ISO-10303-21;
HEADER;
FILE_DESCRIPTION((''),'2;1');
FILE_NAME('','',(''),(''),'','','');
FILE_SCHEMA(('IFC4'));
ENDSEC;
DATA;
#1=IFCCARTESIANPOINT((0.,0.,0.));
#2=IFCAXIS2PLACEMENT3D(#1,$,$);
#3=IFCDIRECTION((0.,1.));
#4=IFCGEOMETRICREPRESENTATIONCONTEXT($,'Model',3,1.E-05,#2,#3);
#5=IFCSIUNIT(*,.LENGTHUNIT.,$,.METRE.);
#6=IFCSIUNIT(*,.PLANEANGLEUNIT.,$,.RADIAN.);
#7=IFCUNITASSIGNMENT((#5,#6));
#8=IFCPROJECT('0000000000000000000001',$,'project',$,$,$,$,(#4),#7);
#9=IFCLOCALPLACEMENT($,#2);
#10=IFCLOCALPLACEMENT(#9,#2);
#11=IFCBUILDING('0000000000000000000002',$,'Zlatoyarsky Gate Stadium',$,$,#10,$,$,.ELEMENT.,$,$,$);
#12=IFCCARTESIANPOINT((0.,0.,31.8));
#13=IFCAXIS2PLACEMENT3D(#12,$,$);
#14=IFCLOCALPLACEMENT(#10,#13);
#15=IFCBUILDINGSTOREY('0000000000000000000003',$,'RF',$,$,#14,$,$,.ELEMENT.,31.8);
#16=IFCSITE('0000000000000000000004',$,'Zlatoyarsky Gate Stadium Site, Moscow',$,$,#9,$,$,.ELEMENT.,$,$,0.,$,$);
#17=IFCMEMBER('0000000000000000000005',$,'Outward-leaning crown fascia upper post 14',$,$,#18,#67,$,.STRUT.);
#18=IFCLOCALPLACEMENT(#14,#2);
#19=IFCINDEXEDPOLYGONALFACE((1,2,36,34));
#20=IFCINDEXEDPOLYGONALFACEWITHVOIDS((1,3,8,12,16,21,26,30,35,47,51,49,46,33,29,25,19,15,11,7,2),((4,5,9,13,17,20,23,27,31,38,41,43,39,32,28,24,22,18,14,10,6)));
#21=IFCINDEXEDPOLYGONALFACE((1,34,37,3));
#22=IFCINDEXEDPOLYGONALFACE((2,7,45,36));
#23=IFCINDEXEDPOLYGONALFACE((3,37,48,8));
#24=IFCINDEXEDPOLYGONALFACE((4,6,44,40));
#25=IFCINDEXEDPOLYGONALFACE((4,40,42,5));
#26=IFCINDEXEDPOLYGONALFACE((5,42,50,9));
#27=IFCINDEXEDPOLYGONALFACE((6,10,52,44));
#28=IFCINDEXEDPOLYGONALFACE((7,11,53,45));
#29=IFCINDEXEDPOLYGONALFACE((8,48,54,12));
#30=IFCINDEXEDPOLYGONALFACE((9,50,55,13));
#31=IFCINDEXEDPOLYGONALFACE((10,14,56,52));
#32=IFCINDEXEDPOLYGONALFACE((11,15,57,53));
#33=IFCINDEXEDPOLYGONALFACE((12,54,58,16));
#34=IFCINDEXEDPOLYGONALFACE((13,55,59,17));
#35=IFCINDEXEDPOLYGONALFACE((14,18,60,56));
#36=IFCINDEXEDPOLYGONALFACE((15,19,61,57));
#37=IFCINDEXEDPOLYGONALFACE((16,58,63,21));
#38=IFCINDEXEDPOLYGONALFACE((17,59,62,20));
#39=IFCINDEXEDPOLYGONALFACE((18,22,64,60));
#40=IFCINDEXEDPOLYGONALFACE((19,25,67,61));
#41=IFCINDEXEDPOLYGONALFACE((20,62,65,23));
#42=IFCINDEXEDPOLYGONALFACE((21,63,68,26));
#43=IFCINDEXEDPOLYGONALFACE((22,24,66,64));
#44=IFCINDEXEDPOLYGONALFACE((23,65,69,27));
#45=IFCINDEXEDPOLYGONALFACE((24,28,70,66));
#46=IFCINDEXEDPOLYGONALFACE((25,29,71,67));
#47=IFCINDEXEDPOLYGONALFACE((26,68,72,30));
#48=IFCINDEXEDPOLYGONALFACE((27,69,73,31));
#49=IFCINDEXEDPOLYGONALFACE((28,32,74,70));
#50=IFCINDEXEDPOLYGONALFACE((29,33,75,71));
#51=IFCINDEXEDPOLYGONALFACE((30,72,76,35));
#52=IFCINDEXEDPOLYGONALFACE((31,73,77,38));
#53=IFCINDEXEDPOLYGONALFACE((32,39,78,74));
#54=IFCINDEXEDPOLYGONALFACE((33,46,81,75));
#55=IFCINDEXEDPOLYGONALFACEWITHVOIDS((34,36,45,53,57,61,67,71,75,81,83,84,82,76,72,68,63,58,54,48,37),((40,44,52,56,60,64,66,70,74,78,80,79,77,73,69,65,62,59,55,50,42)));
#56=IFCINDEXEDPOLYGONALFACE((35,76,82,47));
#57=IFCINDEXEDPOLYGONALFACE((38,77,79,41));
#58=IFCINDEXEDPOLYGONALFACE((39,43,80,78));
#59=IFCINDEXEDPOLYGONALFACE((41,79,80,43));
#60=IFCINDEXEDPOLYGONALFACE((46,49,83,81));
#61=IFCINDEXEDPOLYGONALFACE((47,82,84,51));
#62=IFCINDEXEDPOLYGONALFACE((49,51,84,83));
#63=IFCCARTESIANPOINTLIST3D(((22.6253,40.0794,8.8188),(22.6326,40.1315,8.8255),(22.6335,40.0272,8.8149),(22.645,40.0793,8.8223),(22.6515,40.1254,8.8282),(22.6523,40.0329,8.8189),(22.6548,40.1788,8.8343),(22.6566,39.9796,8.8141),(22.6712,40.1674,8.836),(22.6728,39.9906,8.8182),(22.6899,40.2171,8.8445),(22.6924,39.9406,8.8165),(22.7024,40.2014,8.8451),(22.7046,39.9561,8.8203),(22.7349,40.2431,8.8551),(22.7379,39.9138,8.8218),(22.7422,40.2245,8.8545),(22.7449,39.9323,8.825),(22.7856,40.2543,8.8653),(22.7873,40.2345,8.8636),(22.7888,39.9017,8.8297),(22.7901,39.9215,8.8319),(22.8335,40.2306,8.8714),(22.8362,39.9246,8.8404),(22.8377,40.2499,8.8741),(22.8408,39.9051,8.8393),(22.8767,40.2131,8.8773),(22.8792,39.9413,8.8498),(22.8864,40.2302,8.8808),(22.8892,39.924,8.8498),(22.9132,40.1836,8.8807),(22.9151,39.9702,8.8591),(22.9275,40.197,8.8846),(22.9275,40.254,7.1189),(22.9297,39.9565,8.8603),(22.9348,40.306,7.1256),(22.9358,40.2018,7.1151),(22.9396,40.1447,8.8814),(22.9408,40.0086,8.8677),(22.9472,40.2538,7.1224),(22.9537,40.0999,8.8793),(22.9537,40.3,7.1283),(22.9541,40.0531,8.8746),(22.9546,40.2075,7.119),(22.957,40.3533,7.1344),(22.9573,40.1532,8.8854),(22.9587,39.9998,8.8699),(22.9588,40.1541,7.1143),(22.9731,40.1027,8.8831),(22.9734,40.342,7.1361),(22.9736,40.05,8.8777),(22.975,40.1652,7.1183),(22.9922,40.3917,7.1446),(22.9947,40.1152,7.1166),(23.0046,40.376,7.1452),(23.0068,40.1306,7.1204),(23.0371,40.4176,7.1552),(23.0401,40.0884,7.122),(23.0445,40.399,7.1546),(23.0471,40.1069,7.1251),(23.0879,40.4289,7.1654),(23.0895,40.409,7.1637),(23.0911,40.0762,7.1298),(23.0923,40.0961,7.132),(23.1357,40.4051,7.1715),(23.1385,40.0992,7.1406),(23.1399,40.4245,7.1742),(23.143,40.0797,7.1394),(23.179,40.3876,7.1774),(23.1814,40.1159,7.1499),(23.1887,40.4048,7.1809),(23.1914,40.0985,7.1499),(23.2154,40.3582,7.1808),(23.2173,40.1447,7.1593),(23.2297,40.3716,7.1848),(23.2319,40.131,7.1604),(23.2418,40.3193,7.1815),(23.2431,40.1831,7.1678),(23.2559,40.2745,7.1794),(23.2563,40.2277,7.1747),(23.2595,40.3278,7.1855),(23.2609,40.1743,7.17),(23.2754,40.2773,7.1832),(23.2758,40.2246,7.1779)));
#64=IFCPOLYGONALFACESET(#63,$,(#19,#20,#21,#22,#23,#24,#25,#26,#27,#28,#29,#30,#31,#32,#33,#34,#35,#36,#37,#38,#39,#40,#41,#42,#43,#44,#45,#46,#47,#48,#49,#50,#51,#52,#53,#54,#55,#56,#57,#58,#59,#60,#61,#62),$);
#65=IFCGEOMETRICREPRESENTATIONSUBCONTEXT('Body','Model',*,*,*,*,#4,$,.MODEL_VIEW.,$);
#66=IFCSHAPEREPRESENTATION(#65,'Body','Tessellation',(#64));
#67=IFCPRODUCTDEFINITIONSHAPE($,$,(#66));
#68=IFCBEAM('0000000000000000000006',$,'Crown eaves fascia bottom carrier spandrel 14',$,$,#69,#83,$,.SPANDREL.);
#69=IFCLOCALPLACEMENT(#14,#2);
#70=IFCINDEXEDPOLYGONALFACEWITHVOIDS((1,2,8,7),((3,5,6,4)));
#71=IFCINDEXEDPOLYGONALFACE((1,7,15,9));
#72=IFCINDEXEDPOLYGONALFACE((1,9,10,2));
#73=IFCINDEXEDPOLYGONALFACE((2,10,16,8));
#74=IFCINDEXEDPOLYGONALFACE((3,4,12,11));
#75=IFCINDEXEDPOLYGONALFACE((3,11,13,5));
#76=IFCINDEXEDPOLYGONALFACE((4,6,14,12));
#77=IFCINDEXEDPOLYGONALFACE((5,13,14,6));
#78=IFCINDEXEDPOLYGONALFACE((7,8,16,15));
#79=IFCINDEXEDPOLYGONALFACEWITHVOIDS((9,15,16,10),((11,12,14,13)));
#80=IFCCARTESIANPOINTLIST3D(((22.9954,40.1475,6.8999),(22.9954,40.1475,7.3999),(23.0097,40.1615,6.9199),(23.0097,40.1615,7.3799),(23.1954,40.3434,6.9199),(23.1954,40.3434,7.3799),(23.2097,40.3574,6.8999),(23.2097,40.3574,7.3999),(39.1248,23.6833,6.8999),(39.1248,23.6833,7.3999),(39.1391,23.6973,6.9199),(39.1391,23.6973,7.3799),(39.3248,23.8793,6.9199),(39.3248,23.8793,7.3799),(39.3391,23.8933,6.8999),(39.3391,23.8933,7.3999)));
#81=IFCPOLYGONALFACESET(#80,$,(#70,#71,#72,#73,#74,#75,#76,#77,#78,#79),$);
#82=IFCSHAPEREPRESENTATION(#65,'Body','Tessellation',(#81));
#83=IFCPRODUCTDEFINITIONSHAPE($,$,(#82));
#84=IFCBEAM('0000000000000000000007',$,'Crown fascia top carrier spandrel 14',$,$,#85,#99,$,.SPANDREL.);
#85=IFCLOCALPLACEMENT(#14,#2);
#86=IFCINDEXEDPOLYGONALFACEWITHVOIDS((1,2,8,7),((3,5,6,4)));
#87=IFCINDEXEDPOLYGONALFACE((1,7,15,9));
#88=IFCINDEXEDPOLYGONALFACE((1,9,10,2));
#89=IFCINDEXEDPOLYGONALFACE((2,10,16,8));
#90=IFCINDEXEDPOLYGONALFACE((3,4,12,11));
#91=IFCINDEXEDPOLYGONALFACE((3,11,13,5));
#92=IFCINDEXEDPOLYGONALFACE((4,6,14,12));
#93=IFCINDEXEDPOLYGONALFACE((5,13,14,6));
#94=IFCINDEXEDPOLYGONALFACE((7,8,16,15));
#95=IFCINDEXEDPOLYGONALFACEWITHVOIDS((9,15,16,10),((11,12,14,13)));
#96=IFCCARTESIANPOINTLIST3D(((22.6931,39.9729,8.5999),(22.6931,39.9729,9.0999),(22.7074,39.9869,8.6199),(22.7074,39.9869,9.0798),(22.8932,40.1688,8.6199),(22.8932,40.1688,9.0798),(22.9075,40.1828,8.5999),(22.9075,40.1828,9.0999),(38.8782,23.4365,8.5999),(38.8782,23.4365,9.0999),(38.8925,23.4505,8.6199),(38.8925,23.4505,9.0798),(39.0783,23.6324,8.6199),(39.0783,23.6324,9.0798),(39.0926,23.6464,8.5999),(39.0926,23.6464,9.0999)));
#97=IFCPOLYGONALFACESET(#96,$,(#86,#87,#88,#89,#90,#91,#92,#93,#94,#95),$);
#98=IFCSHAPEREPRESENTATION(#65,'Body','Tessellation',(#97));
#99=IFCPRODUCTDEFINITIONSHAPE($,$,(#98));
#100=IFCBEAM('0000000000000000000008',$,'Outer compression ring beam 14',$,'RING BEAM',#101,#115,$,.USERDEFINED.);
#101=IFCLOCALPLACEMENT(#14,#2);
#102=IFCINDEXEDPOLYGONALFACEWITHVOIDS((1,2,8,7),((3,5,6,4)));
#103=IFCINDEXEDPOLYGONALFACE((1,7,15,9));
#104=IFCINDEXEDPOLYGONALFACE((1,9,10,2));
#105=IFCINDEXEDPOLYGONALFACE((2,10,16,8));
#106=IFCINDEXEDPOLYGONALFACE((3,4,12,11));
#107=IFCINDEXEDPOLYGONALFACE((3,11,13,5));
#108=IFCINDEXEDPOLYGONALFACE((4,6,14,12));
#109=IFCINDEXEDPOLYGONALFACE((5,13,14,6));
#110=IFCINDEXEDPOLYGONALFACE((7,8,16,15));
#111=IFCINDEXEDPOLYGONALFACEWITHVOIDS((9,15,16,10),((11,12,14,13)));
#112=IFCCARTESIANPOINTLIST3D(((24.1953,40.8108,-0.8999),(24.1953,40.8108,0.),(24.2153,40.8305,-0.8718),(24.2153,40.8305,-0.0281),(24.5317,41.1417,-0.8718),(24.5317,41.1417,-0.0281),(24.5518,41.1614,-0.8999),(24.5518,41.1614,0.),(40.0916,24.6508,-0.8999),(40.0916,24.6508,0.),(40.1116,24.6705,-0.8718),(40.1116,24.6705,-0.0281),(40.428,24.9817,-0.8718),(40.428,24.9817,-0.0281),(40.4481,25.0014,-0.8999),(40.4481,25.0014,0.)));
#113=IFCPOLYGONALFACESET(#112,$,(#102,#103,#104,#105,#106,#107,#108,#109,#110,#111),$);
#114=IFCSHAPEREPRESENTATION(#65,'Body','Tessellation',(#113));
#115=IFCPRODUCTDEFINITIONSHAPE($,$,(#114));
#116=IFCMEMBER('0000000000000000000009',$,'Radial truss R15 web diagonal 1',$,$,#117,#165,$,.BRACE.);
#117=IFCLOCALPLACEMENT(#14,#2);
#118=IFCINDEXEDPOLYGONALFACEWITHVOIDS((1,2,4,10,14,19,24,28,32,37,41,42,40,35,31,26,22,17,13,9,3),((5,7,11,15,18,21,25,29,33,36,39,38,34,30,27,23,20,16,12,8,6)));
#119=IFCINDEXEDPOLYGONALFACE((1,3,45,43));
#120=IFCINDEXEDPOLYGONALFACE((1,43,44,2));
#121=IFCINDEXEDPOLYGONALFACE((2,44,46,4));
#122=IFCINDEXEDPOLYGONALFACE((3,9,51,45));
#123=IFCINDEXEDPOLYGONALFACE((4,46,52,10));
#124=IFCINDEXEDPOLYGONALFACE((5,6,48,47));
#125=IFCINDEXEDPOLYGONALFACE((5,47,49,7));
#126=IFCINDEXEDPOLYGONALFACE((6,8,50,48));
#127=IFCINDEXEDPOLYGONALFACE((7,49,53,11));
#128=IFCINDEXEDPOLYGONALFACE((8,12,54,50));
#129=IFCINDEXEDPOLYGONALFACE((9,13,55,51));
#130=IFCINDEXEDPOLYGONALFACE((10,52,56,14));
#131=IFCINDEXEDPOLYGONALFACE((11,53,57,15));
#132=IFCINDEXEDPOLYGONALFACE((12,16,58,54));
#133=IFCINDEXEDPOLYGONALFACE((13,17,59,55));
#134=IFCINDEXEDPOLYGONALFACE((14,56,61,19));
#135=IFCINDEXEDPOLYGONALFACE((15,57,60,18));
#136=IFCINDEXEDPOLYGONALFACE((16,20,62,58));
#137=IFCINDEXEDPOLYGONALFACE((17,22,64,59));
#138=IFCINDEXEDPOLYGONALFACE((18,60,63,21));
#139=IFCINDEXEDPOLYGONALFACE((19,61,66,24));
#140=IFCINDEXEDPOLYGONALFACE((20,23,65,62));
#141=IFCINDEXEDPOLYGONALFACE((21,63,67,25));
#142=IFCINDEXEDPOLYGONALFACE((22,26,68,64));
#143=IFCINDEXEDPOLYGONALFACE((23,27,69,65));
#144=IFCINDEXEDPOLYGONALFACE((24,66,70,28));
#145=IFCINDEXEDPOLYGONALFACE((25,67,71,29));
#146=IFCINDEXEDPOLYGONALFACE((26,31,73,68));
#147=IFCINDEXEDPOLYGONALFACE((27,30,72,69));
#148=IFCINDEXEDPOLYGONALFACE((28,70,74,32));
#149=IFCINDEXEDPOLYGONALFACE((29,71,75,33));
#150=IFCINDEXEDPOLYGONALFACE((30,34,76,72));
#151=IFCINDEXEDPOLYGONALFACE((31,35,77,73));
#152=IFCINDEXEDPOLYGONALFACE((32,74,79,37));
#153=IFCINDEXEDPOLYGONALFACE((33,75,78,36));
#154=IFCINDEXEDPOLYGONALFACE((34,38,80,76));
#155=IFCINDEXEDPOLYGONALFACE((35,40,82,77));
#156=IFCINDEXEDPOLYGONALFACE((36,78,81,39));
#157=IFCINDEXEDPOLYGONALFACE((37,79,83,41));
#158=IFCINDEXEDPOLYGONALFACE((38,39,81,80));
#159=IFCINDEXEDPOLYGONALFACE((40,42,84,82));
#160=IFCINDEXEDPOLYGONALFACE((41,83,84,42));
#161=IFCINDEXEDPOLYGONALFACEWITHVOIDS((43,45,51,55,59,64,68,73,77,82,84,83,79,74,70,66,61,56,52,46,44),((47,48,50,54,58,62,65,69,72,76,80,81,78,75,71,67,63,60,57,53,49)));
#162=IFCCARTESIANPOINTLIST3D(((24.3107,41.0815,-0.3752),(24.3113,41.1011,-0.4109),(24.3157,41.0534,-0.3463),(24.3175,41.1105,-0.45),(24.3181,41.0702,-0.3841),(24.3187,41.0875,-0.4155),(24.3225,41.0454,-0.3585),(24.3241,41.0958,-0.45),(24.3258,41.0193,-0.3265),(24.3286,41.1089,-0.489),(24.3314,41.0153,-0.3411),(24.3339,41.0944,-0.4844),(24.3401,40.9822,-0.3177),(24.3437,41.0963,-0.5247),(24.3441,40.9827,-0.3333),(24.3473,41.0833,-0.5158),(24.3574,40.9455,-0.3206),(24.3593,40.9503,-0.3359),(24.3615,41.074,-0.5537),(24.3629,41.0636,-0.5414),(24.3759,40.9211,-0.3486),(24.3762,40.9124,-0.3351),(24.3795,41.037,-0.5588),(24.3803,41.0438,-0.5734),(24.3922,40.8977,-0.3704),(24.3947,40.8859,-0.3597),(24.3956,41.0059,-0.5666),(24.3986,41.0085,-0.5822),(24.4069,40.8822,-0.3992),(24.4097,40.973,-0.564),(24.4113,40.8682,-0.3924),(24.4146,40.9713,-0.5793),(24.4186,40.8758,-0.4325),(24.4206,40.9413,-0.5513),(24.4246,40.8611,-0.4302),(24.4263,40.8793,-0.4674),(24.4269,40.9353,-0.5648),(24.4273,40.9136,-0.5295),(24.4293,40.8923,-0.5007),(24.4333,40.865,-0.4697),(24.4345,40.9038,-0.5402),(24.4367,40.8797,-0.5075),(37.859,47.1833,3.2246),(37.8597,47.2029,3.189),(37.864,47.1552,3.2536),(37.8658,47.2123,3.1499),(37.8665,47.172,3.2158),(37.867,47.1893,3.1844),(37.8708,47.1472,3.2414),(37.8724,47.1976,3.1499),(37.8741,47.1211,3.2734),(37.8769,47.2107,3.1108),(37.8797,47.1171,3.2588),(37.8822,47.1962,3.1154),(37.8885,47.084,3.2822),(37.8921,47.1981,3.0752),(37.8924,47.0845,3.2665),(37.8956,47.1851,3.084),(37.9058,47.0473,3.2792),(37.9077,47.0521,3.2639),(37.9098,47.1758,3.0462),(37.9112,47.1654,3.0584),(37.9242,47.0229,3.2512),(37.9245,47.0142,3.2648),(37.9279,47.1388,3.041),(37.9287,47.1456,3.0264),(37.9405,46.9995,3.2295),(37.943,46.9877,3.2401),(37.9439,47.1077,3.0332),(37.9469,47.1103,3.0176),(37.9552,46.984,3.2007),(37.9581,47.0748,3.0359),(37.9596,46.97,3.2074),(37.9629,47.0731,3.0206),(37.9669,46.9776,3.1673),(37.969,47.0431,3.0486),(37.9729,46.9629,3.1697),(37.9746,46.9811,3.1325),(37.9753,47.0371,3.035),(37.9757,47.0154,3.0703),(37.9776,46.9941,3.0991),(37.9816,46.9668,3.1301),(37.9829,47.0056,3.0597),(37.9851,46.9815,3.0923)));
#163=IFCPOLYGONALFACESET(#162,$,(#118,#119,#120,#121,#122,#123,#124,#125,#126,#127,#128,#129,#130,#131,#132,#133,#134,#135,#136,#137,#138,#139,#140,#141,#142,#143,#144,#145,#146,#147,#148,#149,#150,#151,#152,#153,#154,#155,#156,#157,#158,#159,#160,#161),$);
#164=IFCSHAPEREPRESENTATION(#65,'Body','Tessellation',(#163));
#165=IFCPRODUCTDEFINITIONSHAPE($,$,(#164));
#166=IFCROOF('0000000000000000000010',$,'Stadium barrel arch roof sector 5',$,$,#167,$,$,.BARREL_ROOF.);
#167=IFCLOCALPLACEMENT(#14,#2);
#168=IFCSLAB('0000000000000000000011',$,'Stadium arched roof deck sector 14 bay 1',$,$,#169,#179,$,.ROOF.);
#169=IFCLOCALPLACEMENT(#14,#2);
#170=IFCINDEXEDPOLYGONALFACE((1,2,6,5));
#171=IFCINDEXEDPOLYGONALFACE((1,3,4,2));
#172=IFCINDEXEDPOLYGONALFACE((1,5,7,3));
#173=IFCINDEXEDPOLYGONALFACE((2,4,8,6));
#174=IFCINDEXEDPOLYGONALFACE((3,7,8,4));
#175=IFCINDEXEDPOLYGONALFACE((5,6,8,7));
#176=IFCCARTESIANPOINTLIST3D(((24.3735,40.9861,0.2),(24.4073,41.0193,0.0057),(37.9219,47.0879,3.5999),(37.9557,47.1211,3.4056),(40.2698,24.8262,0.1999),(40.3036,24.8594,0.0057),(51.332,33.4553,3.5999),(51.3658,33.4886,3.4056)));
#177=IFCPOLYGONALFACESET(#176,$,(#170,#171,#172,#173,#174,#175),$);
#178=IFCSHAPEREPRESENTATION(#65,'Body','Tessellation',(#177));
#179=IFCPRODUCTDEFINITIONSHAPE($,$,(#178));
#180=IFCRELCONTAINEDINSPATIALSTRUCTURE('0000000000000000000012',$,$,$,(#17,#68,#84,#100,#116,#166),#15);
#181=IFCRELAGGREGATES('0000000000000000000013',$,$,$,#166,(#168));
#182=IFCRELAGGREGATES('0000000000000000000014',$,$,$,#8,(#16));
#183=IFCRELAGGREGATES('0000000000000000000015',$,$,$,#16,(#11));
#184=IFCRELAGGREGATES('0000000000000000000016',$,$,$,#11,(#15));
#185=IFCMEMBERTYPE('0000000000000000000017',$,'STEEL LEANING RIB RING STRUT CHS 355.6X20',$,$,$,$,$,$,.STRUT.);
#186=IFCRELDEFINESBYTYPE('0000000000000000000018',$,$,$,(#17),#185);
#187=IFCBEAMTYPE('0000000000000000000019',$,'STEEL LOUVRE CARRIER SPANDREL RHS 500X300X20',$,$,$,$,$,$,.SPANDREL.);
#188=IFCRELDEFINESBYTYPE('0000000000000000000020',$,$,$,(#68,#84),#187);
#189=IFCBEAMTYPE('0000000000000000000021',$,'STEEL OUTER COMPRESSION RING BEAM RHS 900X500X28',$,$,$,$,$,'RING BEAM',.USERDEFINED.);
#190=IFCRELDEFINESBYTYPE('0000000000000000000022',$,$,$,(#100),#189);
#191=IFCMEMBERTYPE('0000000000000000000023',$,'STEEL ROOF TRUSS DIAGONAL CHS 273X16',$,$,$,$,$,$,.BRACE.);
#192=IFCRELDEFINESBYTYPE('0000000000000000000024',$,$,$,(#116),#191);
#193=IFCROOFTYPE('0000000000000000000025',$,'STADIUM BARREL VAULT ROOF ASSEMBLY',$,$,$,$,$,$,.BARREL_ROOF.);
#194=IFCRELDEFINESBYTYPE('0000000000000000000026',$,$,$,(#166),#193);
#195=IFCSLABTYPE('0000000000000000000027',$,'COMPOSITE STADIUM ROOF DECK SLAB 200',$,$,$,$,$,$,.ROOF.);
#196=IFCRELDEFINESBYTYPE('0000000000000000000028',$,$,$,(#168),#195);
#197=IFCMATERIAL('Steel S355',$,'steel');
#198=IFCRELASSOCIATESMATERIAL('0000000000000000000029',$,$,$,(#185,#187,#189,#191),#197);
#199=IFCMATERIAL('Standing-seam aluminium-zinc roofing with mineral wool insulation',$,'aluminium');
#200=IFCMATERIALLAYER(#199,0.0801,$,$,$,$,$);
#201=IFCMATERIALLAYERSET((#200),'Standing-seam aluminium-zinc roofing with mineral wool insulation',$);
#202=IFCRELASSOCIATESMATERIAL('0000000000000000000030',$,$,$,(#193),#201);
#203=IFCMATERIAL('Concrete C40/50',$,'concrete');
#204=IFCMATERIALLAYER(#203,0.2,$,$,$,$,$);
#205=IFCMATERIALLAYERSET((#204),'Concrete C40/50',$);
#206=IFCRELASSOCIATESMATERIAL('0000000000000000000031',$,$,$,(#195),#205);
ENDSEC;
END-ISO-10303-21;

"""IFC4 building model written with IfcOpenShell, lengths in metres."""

from ifc_helpers import new_model, si_unit, direction, frame, origin, origin_2d, place, context, subcontext, project, spatial, polyline, hollow_rectangle, hollow_circle, outline, extrude, material, layer, layer_set, material_profile, profile_set, type_object, element, aggregate, save


model = new_model("IFC4")

# Units and contexts
model_context = context("Model", 3, precision=1e-05, world=origin(), true_north=direction((0.0, 1.0)))
body_context = subcontext(model_context, "Body", "Model", "MODEL_VIEW")
ifc_project = project(units=[si_unit("LENGTHUNIT", "METRE"), si_unit("PLANEANGLEUNIT", "RADIAN")], contexts=[model_context])

# Site, building, storey
site_placement = place(None, origin())
site = spatial("IfcSite", under=ifc_project, at=site_placement, Name="Zlatoyarsky Gate Stadium Site, Moscow", CompositionType="ELEMENT", RefElevation=0.0)
building_placement = place(site_placement, origin())
building = spatial("IfcBuilding", under=site, at=building_placement, Name="Zlatoyarsky Gate Stadium", CompositionType="ELEMENT")
storey_placement = place(building_placement, frame((0.0, 0.0, 31.8)))
storey = spatial("IfcBuildingStorey", under=building, at=storey_placement, Name="RF", CompositionType="ELEMENT", Elevation=31.8)

# Member
ifc_material_1 = material(Name="Steel S355", Category="steel")
ifc_material_profile_1 = material_profile(ifc_material_1, hollow_circle(Radius=0.1777, WallThickness=0.02, at=origin_2d()), Name="CHS 355.6X20")
ifc_profile_set_1 = profile_set([ifc_material_profile_1], Name="Steel S355")
member_type_1 = type_object("IfcMemberType", Name="STEEL LEANING RIB RING STRUT CHS 355.6X20", PredefinedType="STRUT", material=ifc_profile_set_1)
member_1_placement = place(storey_placement, frame((23.1025, 40.2524, 7.1499), z_axis=(-0.174164, -0.100587, 0.979566), x_axis=(0.500126, -0.865953, 0.0)))
element("IfcMember", 1, at=member_1_placement, inside=storey, type_object=member_type_1, Name="Outward-leaning crown fascia upper post 14", PredefinedType="STRUT", context=body_context, shape_type="SweptSolid", body=[
    extrude(hollow_circle(Radius=0.1777, WallThickness=0.02, at=origin_2d()), origin(), (0.0, 0.0, 1.0), 1.7354),
])

# Beams
ifc_material_profile_2 = material_profile(ifc_material_1, hollow_rectangle(XDim=0.3, YDim=0.5, WallThickness=0.02, at=origin_2d()), Name="RHS 500X300X20")
ifc_profile_set_2 = profile_set([ifc_material_profile_2], Name="Steel S355")
beam_type_1 = type_object("IfcBeamType", Name="STEEL LOUVRE CARRIER SPANDREL RHS 500X300X20", PredefinedType="SPANDREL", material=ifc_profile_set_2)
beam_1_placement = place(storey_placement, frame((23.1025, 40.2524, 7.1499), z_axis=(0.699808, -0.714331, 0.0), x_axis=(0.714331, 0.699808, 0.0)))
element("IfcBeam", 2, at=beam_1_placement, inside=storey, type_object=beam_type_1, Name="Crown eaves fascia bottom carrier spandrel 14", PredefinedType="SPANDREL", context=body_context, shape_type="SweptSolid", body=[
    extrude(hollow_rectangle(XDim=0.3, YDim=0.5, WallThickness=0.02, at=origin_2d()), origin(), (0.0, 0.0, 1.0), 23.0483),
])
beam_2_placement = place(storey_placement, frame((22.8003, 40.0779, 8.8499), z_axis=(0.699475, -0.714658, 0.0), x_axis=(0.714658, 0.699475, 0.0)))
element("IfcBeam", 3, at=beam_2_placement, inside=storey, type_object=beam_type_1, Name="Crown fascia top carrier spandrel 14", PredefinedType="SPANDREL", context=body_context, shape_type="SweptSolid", body=[
    extrude(hollow_rectangle(XDim=0.3, YDim=0.5, WallThickness=0.02, at=origin_2d()), origin(), (0.0, 0.0, 1.0), 23.1389),
])
ifc_material_profile_3 = material_profile(ifc_material_1, hollow_rectangle(XDim=0.5, YDim=0.8999, WallThickness=0.0281, at=origin_2d()), Name="RHS 900X500X28")
ifc_profile_set_3 = profile_set([ifc_material_profile_3], Name="Steel S355")
beam_type_2 = type_object("IfcBeamType", Name="STEEL OUTER COMPRESSION RING BEAM RHS 900X500X28", ElementType="RING BEAM", PredefinedType="USERDEFINED", material=ifc_profile_set_3)
beam_3_placement = place(storey_placement, frame((24.3735, 40.9861, -0.45), z_axis=(0.701267, -0.712899, 0.0), x_axis=(0.712899, 0.701267, 0.0)))
element("IfcBeam", 4, at=beam_3_placement, inside=storey, type_object=beam_type_2, Name="Outer compression ring beam 14", ObjectType="RING BEAM", PredefinedType="USERDEFINED", context=body_context, shape_type="SweptSolid", body=[
    extrude(hollow_rectangle(XDim=0.5, YDim=0.8999, WallThickness=0.0281, at=origin_2d()), origin(), (0.0, 0.0, 1.0), 22.668),
])

# Member
ifc_material_profile_4 = material_profile(ifc_material_1, hollow_circle(Radius=0.1365, WallThickness=0.0161, at=origin_2d()), Name="CHS 273X16")
ifc_profile_set_4 = profile_set([ifc_material_profile_4], Name="Steel S355")
member_type_2 = type_object("IfcMemberType", Name="STEEL ROOF TRUSS DIAGONAL CHS 273X16", PredefinedType="BRACE", material=ifc_profile_set_4)
member_2_placement = place(storey_placement, frame((24.3735, 40.9861, -0.45), z_axis=(0.886159, 0.399102, 0.235456), x_axis=(-0.410647, 0.911794, 0.0)))
element("IfcMember", 5, at=member_2_placement, inside=storey, type_object=member_type_2, Name="Radial truss R15 web diagonal 1", PredefinedType="BRACE", context=body_context, shape_type="SweptSolid", body=[
    extrude(hollow_circle(Radius=0.1365, WallThickness=0.0161, at=origin_2d()), origin(), (0.0, 0.0, 1.0), 15.2888),
])

# Roof, slab
ifc_material_2 = material(Name="Standing-seam aluminium-zinc roofing with mineral wool insulation", Category="aluminium")
ifc_layer_1 = layer(ifc_material_2, 0.0801)
ifc_layer_set_1 = layer_set([ifc_layer_1], Name="Standing-seam aluminium-zinc roofing with mineral wool insulation")
roof_type = type_object("IfcRoofType", Name="STADIUM BARREL VAULT ROOF ASSEMBLY", PredefinedType="BARREL_ROOF", material=ifc_layer_set_1)
roof_placement = place(storey_placement, origin())
roof = element("IfcRoof", 6, at=roof_placement, inside=storey, type_object=roof_type, Name="Stadium barrel arch roof sector 5", PredefinedType="BARREL_ROOF")
ifc_material_3 = material(Name="Concrete C40/50", Category="concrete")
ifc_layer_2 = layer(ifc_material_3, 0.2)
ifc_layer_set_2 = layer_set([ifc_layer_2], Name="Concrete C40/50")
slab_type = type_object("IfcSlabType", Name="COMPOSITE STADIUM ROOF DECK SLAB 200", PredefinedType="ROOF", material=ifc_layer_set_2)
slab_placement = place(storey_placement, frame((24.3735, 40.9861, 0.2), z_axis=(-0.168949, -0.166192, 0.971513), x_axis=(0.701267, -0.712899, 0.0)))
slab = element("IfcSlab", 7, at=slab_placement, type_object=slab_type, Name="Stadium arched roof deck sector 14 bay 1", PredefinedType="ROOF", context=body_context, shape_type="SweptSolid", body=[
    extrude(outline(polyline([(0.0, 0.0), (22.6679, 0.0), (24.2738, 14.3463), (5.151, 14.3463), (0.0, 0.0)])), origin(), (0.0, 0.0, -1.0), 0.2),
])

aggregate(roof, [slab])

save(model, "model.ifc")
